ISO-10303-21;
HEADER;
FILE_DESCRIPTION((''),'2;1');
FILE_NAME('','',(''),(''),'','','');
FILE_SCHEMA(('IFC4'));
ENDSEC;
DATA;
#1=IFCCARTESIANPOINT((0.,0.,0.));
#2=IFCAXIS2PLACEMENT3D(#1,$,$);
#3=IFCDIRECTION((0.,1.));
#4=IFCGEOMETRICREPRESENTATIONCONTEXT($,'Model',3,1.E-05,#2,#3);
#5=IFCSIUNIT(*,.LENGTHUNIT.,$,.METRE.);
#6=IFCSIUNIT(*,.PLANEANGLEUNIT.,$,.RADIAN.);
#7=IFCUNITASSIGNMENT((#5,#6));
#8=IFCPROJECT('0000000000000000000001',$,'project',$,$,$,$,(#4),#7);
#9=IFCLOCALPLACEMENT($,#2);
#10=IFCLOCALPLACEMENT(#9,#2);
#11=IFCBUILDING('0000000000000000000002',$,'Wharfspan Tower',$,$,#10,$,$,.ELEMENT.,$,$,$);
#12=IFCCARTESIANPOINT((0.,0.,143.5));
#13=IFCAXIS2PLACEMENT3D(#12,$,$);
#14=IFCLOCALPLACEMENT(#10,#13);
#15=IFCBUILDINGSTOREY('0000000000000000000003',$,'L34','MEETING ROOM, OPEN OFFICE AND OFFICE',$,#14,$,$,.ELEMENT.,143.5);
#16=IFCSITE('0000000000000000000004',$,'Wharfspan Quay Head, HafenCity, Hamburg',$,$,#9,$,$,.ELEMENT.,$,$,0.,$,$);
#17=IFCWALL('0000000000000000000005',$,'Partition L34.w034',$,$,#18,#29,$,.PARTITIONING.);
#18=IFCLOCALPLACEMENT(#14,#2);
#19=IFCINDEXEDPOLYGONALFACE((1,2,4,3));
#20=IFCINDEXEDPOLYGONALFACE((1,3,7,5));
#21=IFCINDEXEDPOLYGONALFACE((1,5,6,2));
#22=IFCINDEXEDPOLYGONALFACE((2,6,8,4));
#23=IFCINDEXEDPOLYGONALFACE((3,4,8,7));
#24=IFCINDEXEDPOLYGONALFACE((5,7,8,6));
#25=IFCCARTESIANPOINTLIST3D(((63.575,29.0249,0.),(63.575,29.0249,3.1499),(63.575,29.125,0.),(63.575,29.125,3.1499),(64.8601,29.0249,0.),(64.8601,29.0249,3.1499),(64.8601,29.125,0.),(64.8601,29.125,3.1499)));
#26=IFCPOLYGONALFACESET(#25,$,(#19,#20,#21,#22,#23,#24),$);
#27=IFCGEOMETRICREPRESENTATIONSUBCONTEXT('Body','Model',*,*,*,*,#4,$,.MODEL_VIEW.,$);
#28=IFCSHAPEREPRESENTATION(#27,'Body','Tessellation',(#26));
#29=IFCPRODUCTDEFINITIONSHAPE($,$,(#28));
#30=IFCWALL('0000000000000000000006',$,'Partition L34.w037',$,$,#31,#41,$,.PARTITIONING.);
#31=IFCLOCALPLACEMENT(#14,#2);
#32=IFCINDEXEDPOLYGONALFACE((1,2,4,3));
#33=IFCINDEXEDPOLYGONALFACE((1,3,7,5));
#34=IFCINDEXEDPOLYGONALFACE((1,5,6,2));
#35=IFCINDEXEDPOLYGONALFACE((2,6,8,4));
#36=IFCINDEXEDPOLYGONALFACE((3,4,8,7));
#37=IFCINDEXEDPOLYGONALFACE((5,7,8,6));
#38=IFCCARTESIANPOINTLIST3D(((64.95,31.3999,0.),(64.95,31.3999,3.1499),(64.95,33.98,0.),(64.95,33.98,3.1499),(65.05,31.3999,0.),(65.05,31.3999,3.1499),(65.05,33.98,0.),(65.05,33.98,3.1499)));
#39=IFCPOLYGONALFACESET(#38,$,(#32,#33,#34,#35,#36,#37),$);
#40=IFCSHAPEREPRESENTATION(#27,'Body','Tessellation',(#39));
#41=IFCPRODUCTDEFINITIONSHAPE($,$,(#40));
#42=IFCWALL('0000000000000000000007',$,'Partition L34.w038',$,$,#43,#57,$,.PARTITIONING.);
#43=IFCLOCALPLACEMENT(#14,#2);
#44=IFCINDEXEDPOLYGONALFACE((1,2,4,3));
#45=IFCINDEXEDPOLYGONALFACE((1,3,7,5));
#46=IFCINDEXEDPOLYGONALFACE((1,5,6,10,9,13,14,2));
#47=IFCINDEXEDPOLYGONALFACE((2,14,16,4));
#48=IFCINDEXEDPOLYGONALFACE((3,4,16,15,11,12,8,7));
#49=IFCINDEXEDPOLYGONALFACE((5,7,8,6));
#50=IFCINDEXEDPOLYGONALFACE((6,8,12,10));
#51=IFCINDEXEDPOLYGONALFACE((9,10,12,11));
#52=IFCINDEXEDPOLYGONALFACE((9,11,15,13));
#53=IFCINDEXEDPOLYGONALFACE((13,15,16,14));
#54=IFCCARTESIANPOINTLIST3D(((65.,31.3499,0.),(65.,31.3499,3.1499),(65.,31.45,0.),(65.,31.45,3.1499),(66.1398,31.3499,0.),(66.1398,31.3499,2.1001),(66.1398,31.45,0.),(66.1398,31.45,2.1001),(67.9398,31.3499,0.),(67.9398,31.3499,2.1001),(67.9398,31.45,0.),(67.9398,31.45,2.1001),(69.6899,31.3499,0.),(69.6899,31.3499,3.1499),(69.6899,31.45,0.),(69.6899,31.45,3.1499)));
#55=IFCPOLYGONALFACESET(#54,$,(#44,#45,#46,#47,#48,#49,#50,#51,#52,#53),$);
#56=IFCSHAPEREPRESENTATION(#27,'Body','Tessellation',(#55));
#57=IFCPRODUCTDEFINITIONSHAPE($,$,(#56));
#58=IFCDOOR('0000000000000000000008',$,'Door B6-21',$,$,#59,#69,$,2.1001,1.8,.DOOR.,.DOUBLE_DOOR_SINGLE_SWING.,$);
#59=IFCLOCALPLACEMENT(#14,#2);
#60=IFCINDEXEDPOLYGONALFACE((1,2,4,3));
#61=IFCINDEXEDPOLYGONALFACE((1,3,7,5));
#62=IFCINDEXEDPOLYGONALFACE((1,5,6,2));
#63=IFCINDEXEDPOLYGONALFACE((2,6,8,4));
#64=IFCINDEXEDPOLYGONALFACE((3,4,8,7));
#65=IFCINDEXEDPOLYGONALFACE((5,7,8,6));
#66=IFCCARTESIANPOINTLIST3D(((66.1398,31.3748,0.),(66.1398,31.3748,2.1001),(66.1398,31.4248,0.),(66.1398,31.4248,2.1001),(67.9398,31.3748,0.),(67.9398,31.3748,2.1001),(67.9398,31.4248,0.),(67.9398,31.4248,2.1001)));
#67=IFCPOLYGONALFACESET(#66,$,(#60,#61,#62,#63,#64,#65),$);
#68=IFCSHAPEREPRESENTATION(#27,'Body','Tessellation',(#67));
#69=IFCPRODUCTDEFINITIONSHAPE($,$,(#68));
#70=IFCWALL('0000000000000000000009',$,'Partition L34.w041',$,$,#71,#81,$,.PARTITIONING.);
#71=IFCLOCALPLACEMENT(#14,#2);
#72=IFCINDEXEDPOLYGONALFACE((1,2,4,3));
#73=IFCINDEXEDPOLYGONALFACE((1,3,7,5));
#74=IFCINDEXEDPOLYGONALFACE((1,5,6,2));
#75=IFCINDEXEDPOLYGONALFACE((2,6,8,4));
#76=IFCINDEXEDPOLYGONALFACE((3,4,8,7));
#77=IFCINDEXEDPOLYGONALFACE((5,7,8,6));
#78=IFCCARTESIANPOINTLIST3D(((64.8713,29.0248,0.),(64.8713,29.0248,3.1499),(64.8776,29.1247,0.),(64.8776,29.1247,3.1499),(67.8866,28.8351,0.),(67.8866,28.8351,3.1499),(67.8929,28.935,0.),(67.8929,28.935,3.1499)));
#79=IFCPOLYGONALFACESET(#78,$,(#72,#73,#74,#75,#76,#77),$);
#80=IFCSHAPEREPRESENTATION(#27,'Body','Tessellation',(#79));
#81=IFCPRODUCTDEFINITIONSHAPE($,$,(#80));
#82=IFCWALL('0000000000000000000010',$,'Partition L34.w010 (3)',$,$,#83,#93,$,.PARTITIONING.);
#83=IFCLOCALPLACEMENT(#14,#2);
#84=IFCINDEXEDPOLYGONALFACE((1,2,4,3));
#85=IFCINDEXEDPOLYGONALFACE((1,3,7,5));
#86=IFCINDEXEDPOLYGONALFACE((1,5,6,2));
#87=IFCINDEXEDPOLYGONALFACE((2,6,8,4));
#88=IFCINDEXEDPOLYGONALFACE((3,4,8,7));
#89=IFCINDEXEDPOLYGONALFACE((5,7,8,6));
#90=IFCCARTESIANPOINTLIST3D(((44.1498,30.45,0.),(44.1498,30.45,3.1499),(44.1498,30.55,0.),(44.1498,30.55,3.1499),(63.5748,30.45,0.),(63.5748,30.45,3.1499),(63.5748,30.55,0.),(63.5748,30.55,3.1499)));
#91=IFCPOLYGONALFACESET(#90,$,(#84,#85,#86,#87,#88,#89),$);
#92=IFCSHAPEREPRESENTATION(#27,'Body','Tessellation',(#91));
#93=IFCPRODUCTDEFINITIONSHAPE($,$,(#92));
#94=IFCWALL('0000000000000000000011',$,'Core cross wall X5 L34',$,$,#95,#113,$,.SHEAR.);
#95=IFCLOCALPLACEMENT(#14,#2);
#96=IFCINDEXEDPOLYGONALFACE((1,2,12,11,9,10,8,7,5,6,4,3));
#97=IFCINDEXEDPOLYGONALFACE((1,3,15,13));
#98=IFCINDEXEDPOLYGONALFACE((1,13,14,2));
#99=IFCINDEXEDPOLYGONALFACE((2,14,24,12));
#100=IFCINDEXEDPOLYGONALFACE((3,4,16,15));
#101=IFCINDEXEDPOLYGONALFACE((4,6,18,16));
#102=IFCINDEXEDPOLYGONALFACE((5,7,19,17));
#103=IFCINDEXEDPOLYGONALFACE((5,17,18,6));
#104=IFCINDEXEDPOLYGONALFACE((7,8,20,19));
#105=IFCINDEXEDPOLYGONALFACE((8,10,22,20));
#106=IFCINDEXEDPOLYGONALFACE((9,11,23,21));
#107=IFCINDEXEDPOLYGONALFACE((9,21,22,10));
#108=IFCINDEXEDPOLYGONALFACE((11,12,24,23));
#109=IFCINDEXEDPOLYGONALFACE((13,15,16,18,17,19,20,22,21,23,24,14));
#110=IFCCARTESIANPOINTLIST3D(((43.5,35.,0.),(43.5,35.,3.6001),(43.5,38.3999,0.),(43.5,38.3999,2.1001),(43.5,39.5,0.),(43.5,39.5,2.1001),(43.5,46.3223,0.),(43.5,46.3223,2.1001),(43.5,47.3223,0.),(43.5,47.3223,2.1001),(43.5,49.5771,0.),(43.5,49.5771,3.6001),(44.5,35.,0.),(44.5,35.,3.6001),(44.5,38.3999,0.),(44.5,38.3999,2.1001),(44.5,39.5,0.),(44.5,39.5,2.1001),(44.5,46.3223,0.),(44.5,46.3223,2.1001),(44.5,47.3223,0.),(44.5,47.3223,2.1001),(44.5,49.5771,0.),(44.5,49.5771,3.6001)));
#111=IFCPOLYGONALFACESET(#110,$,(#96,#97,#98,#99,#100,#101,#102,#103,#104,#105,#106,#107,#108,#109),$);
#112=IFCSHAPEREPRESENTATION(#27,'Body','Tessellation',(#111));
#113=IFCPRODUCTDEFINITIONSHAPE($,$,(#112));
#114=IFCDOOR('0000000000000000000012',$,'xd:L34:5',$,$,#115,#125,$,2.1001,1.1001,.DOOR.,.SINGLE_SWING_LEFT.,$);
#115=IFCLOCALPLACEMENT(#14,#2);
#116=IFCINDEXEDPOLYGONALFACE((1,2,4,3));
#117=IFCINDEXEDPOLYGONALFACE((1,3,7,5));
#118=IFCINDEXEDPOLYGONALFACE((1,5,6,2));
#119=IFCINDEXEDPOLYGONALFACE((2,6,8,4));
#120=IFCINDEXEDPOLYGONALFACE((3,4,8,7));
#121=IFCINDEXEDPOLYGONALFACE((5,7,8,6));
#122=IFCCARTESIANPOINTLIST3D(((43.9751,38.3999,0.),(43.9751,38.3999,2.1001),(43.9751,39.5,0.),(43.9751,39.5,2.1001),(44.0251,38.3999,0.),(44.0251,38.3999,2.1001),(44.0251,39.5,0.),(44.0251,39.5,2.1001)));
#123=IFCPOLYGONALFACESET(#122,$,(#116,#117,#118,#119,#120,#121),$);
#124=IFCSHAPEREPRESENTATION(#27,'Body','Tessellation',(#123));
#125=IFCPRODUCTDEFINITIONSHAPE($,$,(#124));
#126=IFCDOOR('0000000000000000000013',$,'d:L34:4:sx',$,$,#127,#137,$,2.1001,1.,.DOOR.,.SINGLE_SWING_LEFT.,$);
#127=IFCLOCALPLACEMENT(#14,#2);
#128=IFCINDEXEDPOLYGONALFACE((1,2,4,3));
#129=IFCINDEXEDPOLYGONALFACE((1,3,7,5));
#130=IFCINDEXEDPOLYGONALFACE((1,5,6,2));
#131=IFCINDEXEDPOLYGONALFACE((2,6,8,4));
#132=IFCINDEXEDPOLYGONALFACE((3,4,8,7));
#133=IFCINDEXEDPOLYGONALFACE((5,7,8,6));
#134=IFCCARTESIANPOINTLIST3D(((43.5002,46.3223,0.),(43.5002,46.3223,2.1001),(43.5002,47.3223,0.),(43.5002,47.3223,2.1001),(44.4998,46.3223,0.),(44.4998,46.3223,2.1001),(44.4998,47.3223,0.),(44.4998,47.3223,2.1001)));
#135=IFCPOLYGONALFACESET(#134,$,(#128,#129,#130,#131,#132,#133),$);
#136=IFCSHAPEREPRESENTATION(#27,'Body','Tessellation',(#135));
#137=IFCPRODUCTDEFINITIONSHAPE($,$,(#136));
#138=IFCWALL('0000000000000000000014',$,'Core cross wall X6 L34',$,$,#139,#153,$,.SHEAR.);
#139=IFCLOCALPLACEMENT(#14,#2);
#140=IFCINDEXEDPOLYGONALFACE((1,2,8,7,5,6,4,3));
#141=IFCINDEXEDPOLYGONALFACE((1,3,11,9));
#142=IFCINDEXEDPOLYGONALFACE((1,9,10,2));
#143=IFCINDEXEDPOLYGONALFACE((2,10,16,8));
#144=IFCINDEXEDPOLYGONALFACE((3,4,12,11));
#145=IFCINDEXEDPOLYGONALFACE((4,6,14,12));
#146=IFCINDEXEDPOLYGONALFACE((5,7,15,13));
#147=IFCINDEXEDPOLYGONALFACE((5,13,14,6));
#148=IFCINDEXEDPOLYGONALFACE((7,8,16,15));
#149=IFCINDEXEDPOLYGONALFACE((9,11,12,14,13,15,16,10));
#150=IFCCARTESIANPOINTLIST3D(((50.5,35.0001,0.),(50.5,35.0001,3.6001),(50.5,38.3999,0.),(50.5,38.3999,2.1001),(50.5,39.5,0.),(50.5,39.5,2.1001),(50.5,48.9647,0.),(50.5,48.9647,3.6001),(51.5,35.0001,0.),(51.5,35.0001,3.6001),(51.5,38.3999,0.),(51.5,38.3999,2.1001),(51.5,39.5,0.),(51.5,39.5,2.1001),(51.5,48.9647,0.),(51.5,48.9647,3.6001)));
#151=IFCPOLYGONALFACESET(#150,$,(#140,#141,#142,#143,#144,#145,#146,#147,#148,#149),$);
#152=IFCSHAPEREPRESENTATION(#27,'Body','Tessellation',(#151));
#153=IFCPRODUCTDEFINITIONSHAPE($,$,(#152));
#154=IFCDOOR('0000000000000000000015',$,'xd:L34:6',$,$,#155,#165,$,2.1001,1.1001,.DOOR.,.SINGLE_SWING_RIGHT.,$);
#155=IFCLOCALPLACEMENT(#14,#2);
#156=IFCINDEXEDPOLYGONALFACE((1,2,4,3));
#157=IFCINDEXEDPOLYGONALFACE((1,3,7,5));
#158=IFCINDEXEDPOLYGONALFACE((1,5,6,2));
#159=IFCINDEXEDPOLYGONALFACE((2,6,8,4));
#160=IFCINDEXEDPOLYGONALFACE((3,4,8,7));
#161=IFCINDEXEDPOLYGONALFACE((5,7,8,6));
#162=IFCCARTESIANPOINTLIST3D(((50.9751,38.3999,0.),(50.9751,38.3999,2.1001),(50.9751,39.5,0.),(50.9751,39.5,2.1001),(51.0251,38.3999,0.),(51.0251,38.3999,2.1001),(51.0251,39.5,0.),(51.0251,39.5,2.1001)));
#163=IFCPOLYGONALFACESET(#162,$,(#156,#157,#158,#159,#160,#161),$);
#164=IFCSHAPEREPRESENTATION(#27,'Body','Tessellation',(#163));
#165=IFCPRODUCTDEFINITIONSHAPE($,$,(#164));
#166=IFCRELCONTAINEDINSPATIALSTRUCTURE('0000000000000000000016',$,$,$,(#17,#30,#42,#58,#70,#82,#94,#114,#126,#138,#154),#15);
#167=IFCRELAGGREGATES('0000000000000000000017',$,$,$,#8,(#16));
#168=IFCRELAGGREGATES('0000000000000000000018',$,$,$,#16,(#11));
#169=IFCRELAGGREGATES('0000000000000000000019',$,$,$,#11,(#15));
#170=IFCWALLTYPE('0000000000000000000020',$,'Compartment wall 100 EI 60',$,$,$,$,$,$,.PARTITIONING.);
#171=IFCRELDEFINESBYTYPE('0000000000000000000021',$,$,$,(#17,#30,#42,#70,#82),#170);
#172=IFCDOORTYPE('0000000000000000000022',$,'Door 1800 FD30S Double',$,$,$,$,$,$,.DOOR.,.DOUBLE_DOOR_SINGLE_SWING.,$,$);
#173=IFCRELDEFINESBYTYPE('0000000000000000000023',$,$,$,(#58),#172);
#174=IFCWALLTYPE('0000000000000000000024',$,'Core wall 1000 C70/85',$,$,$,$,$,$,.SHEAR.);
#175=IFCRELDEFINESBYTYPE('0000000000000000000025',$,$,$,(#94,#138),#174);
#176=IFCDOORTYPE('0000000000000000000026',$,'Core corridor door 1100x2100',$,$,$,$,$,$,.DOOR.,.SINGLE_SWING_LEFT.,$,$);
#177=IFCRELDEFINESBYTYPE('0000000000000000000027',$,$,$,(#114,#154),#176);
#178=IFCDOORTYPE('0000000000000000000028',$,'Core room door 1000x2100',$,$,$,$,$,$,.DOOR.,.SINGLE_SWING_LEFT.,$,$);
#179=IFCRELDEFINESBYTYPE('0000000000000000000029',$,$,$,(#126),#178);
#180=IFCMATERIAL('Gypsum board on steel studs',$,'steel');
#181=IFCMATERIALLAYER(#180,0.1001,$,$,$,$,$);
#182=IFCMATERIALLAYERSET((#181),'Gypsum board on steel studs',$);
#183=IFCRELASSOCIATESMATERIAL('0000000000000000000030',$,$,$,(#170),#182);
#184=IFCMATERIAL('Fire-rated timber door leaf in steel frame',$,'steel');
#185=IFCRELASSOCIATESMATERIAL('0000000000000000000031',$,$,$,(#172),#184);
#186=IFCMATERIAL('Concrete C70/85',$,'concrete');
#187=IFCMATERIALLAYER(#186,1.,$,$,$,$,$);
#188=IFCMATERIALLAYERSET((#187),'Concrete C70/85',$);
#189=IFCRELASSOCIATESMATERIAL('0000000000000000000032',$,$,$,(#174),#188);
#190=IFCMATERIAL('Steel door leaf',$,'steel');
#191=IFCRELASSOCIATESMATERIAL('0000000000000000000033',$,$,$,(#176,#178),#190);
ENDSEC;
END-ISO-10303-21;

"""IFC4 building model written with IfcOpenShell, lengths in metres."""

from ifc_helpers import new_model, si_unit, direction, frame, frame_2d, origin, place, context, subcontext, project, spatial, rectangle, extrude, material, layer, layer_set, type_object, element, fill, save


model = new_model("IFC4")

# Units and contexts
model_context = context("Model", 3, precision=1e-05, world=origin(), true_north=direction((0.0, 1.0)))
body_context = subcontext(model_context, "Body", "Model", "MODEL_VIEW")
ifc_project = project(units=[si_unit("LENGTHUNIT", "METRE"), si_unit("PLANEANGLEUNIT", "RADIAN")], contexts=[model_context])

# Site, building, storey
site_placement = place(None, origin())
site = spatial("IfcSite", under=ifc_project, at=site_placement, Name="Wharfspan Quay Head, HafenCity, Hamburg", CompositionType="ELEMENT", RefElevation=0.0)
building_placement = place(site_placement, origin())
building = spatial("IfcBuilding", under=site, at=building_placement, Name="Wharfspan Tower", CompositionType="ELEMENT")
storey_placement = place(building_placement, frame((0.0, 0.0, 143.5)))
storey = spatial("IfcBuildingStorey", under=building, at=storey_placement, Name="L34", Description="MEETING ROOM, OPEN OFFICE AND OFFICE", CompositionType="ELEMENT", Elevation=143.5)

# Walls
ifc_material_1 = material(Name="Gypsum board on steel studs", Category="steel")
ifc_layer_1 = layer(ifc_material_1, 0.1001)
ifc_layer_set_1 = layer_set([ifc_layer_1], Name="Gypsum board on steel studs")
wall_type_1 = type_object("IfcWallType", Name="Compartment wall 100 EI 60", PredefinedType="PARTITIONING", material=ifc_layer_set_1)
wall_1_placement = place(storey_placement, frame((63.575, 29.075, 0.0), z_axis=(0.0, 0.0, 1.0), x_axis=(1.0, 0.0, 0.0)))
element("IfcWall", 1, at=wall_1_placement, inside=storey, type_object=wall_type_1, Name="Partition L34.w034", PredefinedType="PARTITIONING", context=body_context, shape_type="SweptSolid", body=[
    extrude(rectangle(XDim=1.2852, YDim=0.1001, at=frame_2d((0.6426, 0.0))), origin(), (0.0, 0.0, 1.0), 3.1499),
])
wall_2_placement = place(storey_placement, frame((65.0, 31.3999, 0.0), z_axis=(0.0, 0.0, 1.0), x_axis=(0.0, 1.0, 0.0)))
element("IfcWall", 2, at=wall_2_placement, inside=storey, type_object=wall_type_1, Name="Partition L34.w037", PredefinedType="PARTITIONING", context=body_context, shape_type="SweptSolid", body=[
    extrude(rectangle(XDim=2.5801, YDim=0.1001, at=frame_2d((1.29, 0.0))), origin(), (0.0, 0.0, 1.0), 3.1499),
])

# Wall, opening, door
wall_3_placement = place(storey_placement, frame((65.0, 31.3999, 0.0), z_axis=(0.0, 0.0, 1.0), x_axis=(1.0, 0.0, 0.0)))
wall_3 = element("IfcWall", 3, at=wall_3_placement, inside=storey, type_object=wall_type_1, Name="Partition L34.w038", PredefinedType="PARTITIONING", context=body_context, shape_type="SweptSolid", body=[
    extrude(rectangle(XDim=4.6899, YDim=0.1001, at=frame_2d((2.345, 0.0))), origin(), (0.0, 0.0, 1.0), 3.1499),
])
opening_1_placement = place(wall_3_placement, frame((1.1399, 0.0, 0.0)))
opening_1 = element("IfcOpeningElement", 4, at=opening_1_placement, cuts=wall_3, PredefinedType="OPENING", context=body_context, shape_type="SweptSolid", body=[
    extrude(rectangle(XDim=1.8, YDim=2.1001, at=frame_2d((0.8999, 1.05))), frame((0.0, 0.0601, 0.0), z_axis=(0.0, -1.0, 0.0), x_axis=(1.0, 0.0, 0.0)), (0.0, 0.0, 1.0), 0.1201),
])
ifc_material_2 = material(Name="Fire-rated timber door leaf in steel frame", Category="steel")
door_type_1 = type_object("IfcDoorType", Name="Door 1800 FD30S Double", OperationType="DOUBLE_DOOR_SINGLE_SWING", PredefinedType="DOOR", material=ifc_material_2)
door_1_placement = place(opening_1_placement, origin())
door_1 = element("IfcDoor", 5, at=door_1_placement, inside=storey, type_object=door_type_1, Name="Door B6-21", OperationType="DOUBLE_DOOR_SINGLE_SWING", OverallHeight=2.1001, OverallWidth=1.8, PredefinedType="DOOR", context=body_context, shape_type="SweptSolid", body=[
    extrude(rectangle(XDim=1.8, YDim=2.1001, at=frame_2d((0.8999, 1.05))), frame((0.0, 0.0249, 0.0), z_axis=(0.0, -1.0, 0.0), x_axis=(1.0, 0.0, 0.0)), (0.0, 0.0, 1.0), 0.05),
])
fill(opening_1, door_1)

# Walls
wall_4_placement = place(storey_placement, frame((67.8899, 28.885, 0.0), z_axis=(0.0, 0.0, 1.0), x_axis=(-0.998031, 0.062786, 0.0)))
element("IfcWall", 6, at=wall_4_placement, inside=storey, type_object=wall_type_1, Name="Partition L34.w041", PredefinedType="PARTITIONING", context=body_context, shape_type="SweptSolid", body=[
    extrude(rectangle(XDim=3.0212, YDim=0.1001, at=frame_2d((1.5107, 0.0))), origin(), (0.0, 0.0, 1.0), 3.1499),
])
wall_5_placement = place(storey_placement, frame((44.1499, 30.5, 0.0), z_axis=(0.0, 0.0, 1.0), x_axis=(1.0, 0.0, 0.0)))
element("IfcWall", 7, at=wall_5_placement, inside=storey, type_object=wall_type_1, Name="Partition L34.w010 (3)", PredefinedType="PARTITIONING", context=body_context, shape_type="SweptSolid", body=[
    extrude(rectangle(XDim=19.425, YDim=0.1001, at=frame_2d((9.7124, 0.0))), origin(), (0.0, 0.0, 1.0), 3.1499),
])

# Wall, openings, doors
ifc_material_3 = material(Name="Concrete C70/85", Category="concrete")
ifc_layer_2 = layer(ifc_material_3, 1.0)
ifc_layer_set_2 = layer_set([ifc_layer_2], Name="Concrete C70/85")
wall_type_2 = type_object("IfcWallType", Name="Core wall 1000 C70/85", PredefinedType="SHEAR", material=ifc_layer_set_2)
wall_6_placement = place(storey_placement, frame((44.0, 35.0, 0.0), z_axis=(0.0, 0.0, 1.0), x_axis=(0.0, 1.0, 0.0)))
wall_6 = element("IfcWall", 8, at=wall_6_placement, inside=storey, type_object=wall_type_2, Name="Core cross wall X5 L34", PredefinedType="SHEAR", context=body_context, shape_type="SweptSolid", body=[
    extrude(rectangle(XDim=14.5771, YDim=1.0, at=frame_2d((7.2886, 0.0))), origin(), (0.0, 0.0, 1.0), 3.6001),
])
opening_2_placement = place(wall_6_placement, frame((11.3223, 0.0, 0.0)))
opening_2 = element("IfcOpeningElement", 9, at=opening_2_placement, cuts=wall_6, PredefinedType="OPENING", context=body_context, shape_type="SweptSolid", body=[
    extrude(rectangle(XDim=1.0, YDim=2.1001, at=frame_2d((0.5, 1.05))), frame((0.0, 0.51, 0.0), z_axis=(0.0, -1.0, 0.0), x_axis=(1.0, 0.0, 0.0)), (0.0, 0.0, 1.0), 1.02),
])
opening_3_placement = place(wall_6_placement, frame((3.3999, 0.0, 0.0)))
opening_3 = element("IfcOpeningElement", 10, at=opening_3_placement, cuts=wall_6, PredefinedType="OPENING", context=body_context, shape_type="SweptSolid", body=[
    extrude(rectangle(XDim=1.1001, YDim=2.1001, at=frame_2d((0.55, 1.05))), frame((0.0, 0.51, 0.0), z_axis=(0.0, -1.0, 0.0), x_axis=(1.0, 0.0, 0.0)), (0.0, 0.0, 1.0), 1.02),
])
ifc_material_4 = material(Name="Steel door leaf", Category="steel")
door_type_2 = type_object("IfcDoorType", Name="Core corridor door 1100x2100", OperationType="SINGLE_SWING_LEFT", PredefinedType="DOOR", material=ifc_material_4)
door_2_placement = place(opening_3_placement, origin())
door_2 = element("IfcDoor", 11, at=door_2_placement, inside=storey, type_object=door_type_2, Name="xd:L34:5", OperationType="SINGLE_SWING_LEFT", OverallHeight=2.1001, OverallWidth=1.1001, PredefinedType="DOOR", context=body_context, shape_type="SweptSolid", body=[
    extrude(rectangle(XDim=1.1001, YDim=2.1001, at=frame_2d((0.55, 1.05))), frame((0.0, 0.0249, 0.0), z_axis=(0.0, -1.0, 0.0), x_axis=(1.0, 0.0, 0.0)), (0.0, 0.0, 1.0), 0.05),
])
fill(opening_3, door_2)
door_type_3 = type_object("IfcDoorType", Name="Core room door 1000x2100", OperationType="SINGLE_SWING_LEFT", PredefinedType="DOOR", material=ifc_material_4)
door_3_placement = place(opening_2_placement, origin())
door_3 = element("IfcDoor", 12, at=door_3_placement, inside=storey, type_object=door_type_3, Name="d:L34:4:sx", OperationType="SINGLE_SWING_LEFT", OverallHeight=2.1001, OverallWidth=1.0, PredefinedType="DOOR", context=body_context, shape_type="SweptSolid", body=[
    extrude(rectangle(XDim=1.0, YDim=2.1001, at=frame_2d((0.5, 1.05))), frame((0.0, 0.4998, 0.0), z_axis=(0.0, -1.0, 0.0), x_axis=(1.0, 0.0, 0.0)), (0.0, 0.0, 1.0), 0.9995),
])
fill(opening_2, door_3)

# Wall, opening, door
wall_7_placement = place(storey_placement, frame((51.0, 35.0, 0.0), z_axis=(0.0, 0.0, 1.0), x_axis=(0.0, 1.0, 0.0)))
wall_7 = element("IfcWall", 13, at=wall_7_placement, inside=storey, type_object=wall_type_2, Name="Core cross wall X6 L34", PredefinedType="SHEAR", context=body_context, shape_type="SweptSolid", body=[
    extrude(rectangle(XDim=13.9646, YDim=1.0, at=frame_2d((6.9824, 0.0))), origin(), (0.0, 0.0, 1.0), 3.6001),
])
opening_4_placement = place(wall_7_placement, frame((3.3999, 0.0, 0.0)))
opening_4 = element("IfcOpeningElement", 14, at=opening_4_placement, cuts=wall_7, PredefinedType="OPENING", context=body_context, shape_type="SweptSolid", body=[
    extrude(rectangle(XDim=1.1001, YDim=2.1001, at=frame_2d((0.55, 1.05))), frame((0.0, 0.51, 0.0), z_axis=(0.0, -1.0, 0.0), x_axis=(1.0, 0.0, 0.0)), (0.0, 0.0, 1.0), 1.02),
])
door_4_placement = place(opening_4_placement, origin())
door_4 = element("IfcDoor", 15, at=door_4_placement, inside=storey, type_object=door_type_2, Name="xd:L34:6", OperationType="SINGLE_SWING_RIGHT", OverallHeight=2.1001, OverallWidth=1.1001, PredefinedType="DOOR", context=body_context, shape_type="SweptSolid", body=[
    extrude(rectangle(XDim=1.1001, YDim=2.1001, at=frame_2d((0.55, 1.05))), frame((0.0, 0.0249, 0.0), z_axis=(0.0, -1.0, 0.0), x_axis=(1.0, 0.0, 0.0)), (0.0, 0.0, 1.0), 0.05),
])
fill(opening_4, door_4)

save(model, "model.ifc")
